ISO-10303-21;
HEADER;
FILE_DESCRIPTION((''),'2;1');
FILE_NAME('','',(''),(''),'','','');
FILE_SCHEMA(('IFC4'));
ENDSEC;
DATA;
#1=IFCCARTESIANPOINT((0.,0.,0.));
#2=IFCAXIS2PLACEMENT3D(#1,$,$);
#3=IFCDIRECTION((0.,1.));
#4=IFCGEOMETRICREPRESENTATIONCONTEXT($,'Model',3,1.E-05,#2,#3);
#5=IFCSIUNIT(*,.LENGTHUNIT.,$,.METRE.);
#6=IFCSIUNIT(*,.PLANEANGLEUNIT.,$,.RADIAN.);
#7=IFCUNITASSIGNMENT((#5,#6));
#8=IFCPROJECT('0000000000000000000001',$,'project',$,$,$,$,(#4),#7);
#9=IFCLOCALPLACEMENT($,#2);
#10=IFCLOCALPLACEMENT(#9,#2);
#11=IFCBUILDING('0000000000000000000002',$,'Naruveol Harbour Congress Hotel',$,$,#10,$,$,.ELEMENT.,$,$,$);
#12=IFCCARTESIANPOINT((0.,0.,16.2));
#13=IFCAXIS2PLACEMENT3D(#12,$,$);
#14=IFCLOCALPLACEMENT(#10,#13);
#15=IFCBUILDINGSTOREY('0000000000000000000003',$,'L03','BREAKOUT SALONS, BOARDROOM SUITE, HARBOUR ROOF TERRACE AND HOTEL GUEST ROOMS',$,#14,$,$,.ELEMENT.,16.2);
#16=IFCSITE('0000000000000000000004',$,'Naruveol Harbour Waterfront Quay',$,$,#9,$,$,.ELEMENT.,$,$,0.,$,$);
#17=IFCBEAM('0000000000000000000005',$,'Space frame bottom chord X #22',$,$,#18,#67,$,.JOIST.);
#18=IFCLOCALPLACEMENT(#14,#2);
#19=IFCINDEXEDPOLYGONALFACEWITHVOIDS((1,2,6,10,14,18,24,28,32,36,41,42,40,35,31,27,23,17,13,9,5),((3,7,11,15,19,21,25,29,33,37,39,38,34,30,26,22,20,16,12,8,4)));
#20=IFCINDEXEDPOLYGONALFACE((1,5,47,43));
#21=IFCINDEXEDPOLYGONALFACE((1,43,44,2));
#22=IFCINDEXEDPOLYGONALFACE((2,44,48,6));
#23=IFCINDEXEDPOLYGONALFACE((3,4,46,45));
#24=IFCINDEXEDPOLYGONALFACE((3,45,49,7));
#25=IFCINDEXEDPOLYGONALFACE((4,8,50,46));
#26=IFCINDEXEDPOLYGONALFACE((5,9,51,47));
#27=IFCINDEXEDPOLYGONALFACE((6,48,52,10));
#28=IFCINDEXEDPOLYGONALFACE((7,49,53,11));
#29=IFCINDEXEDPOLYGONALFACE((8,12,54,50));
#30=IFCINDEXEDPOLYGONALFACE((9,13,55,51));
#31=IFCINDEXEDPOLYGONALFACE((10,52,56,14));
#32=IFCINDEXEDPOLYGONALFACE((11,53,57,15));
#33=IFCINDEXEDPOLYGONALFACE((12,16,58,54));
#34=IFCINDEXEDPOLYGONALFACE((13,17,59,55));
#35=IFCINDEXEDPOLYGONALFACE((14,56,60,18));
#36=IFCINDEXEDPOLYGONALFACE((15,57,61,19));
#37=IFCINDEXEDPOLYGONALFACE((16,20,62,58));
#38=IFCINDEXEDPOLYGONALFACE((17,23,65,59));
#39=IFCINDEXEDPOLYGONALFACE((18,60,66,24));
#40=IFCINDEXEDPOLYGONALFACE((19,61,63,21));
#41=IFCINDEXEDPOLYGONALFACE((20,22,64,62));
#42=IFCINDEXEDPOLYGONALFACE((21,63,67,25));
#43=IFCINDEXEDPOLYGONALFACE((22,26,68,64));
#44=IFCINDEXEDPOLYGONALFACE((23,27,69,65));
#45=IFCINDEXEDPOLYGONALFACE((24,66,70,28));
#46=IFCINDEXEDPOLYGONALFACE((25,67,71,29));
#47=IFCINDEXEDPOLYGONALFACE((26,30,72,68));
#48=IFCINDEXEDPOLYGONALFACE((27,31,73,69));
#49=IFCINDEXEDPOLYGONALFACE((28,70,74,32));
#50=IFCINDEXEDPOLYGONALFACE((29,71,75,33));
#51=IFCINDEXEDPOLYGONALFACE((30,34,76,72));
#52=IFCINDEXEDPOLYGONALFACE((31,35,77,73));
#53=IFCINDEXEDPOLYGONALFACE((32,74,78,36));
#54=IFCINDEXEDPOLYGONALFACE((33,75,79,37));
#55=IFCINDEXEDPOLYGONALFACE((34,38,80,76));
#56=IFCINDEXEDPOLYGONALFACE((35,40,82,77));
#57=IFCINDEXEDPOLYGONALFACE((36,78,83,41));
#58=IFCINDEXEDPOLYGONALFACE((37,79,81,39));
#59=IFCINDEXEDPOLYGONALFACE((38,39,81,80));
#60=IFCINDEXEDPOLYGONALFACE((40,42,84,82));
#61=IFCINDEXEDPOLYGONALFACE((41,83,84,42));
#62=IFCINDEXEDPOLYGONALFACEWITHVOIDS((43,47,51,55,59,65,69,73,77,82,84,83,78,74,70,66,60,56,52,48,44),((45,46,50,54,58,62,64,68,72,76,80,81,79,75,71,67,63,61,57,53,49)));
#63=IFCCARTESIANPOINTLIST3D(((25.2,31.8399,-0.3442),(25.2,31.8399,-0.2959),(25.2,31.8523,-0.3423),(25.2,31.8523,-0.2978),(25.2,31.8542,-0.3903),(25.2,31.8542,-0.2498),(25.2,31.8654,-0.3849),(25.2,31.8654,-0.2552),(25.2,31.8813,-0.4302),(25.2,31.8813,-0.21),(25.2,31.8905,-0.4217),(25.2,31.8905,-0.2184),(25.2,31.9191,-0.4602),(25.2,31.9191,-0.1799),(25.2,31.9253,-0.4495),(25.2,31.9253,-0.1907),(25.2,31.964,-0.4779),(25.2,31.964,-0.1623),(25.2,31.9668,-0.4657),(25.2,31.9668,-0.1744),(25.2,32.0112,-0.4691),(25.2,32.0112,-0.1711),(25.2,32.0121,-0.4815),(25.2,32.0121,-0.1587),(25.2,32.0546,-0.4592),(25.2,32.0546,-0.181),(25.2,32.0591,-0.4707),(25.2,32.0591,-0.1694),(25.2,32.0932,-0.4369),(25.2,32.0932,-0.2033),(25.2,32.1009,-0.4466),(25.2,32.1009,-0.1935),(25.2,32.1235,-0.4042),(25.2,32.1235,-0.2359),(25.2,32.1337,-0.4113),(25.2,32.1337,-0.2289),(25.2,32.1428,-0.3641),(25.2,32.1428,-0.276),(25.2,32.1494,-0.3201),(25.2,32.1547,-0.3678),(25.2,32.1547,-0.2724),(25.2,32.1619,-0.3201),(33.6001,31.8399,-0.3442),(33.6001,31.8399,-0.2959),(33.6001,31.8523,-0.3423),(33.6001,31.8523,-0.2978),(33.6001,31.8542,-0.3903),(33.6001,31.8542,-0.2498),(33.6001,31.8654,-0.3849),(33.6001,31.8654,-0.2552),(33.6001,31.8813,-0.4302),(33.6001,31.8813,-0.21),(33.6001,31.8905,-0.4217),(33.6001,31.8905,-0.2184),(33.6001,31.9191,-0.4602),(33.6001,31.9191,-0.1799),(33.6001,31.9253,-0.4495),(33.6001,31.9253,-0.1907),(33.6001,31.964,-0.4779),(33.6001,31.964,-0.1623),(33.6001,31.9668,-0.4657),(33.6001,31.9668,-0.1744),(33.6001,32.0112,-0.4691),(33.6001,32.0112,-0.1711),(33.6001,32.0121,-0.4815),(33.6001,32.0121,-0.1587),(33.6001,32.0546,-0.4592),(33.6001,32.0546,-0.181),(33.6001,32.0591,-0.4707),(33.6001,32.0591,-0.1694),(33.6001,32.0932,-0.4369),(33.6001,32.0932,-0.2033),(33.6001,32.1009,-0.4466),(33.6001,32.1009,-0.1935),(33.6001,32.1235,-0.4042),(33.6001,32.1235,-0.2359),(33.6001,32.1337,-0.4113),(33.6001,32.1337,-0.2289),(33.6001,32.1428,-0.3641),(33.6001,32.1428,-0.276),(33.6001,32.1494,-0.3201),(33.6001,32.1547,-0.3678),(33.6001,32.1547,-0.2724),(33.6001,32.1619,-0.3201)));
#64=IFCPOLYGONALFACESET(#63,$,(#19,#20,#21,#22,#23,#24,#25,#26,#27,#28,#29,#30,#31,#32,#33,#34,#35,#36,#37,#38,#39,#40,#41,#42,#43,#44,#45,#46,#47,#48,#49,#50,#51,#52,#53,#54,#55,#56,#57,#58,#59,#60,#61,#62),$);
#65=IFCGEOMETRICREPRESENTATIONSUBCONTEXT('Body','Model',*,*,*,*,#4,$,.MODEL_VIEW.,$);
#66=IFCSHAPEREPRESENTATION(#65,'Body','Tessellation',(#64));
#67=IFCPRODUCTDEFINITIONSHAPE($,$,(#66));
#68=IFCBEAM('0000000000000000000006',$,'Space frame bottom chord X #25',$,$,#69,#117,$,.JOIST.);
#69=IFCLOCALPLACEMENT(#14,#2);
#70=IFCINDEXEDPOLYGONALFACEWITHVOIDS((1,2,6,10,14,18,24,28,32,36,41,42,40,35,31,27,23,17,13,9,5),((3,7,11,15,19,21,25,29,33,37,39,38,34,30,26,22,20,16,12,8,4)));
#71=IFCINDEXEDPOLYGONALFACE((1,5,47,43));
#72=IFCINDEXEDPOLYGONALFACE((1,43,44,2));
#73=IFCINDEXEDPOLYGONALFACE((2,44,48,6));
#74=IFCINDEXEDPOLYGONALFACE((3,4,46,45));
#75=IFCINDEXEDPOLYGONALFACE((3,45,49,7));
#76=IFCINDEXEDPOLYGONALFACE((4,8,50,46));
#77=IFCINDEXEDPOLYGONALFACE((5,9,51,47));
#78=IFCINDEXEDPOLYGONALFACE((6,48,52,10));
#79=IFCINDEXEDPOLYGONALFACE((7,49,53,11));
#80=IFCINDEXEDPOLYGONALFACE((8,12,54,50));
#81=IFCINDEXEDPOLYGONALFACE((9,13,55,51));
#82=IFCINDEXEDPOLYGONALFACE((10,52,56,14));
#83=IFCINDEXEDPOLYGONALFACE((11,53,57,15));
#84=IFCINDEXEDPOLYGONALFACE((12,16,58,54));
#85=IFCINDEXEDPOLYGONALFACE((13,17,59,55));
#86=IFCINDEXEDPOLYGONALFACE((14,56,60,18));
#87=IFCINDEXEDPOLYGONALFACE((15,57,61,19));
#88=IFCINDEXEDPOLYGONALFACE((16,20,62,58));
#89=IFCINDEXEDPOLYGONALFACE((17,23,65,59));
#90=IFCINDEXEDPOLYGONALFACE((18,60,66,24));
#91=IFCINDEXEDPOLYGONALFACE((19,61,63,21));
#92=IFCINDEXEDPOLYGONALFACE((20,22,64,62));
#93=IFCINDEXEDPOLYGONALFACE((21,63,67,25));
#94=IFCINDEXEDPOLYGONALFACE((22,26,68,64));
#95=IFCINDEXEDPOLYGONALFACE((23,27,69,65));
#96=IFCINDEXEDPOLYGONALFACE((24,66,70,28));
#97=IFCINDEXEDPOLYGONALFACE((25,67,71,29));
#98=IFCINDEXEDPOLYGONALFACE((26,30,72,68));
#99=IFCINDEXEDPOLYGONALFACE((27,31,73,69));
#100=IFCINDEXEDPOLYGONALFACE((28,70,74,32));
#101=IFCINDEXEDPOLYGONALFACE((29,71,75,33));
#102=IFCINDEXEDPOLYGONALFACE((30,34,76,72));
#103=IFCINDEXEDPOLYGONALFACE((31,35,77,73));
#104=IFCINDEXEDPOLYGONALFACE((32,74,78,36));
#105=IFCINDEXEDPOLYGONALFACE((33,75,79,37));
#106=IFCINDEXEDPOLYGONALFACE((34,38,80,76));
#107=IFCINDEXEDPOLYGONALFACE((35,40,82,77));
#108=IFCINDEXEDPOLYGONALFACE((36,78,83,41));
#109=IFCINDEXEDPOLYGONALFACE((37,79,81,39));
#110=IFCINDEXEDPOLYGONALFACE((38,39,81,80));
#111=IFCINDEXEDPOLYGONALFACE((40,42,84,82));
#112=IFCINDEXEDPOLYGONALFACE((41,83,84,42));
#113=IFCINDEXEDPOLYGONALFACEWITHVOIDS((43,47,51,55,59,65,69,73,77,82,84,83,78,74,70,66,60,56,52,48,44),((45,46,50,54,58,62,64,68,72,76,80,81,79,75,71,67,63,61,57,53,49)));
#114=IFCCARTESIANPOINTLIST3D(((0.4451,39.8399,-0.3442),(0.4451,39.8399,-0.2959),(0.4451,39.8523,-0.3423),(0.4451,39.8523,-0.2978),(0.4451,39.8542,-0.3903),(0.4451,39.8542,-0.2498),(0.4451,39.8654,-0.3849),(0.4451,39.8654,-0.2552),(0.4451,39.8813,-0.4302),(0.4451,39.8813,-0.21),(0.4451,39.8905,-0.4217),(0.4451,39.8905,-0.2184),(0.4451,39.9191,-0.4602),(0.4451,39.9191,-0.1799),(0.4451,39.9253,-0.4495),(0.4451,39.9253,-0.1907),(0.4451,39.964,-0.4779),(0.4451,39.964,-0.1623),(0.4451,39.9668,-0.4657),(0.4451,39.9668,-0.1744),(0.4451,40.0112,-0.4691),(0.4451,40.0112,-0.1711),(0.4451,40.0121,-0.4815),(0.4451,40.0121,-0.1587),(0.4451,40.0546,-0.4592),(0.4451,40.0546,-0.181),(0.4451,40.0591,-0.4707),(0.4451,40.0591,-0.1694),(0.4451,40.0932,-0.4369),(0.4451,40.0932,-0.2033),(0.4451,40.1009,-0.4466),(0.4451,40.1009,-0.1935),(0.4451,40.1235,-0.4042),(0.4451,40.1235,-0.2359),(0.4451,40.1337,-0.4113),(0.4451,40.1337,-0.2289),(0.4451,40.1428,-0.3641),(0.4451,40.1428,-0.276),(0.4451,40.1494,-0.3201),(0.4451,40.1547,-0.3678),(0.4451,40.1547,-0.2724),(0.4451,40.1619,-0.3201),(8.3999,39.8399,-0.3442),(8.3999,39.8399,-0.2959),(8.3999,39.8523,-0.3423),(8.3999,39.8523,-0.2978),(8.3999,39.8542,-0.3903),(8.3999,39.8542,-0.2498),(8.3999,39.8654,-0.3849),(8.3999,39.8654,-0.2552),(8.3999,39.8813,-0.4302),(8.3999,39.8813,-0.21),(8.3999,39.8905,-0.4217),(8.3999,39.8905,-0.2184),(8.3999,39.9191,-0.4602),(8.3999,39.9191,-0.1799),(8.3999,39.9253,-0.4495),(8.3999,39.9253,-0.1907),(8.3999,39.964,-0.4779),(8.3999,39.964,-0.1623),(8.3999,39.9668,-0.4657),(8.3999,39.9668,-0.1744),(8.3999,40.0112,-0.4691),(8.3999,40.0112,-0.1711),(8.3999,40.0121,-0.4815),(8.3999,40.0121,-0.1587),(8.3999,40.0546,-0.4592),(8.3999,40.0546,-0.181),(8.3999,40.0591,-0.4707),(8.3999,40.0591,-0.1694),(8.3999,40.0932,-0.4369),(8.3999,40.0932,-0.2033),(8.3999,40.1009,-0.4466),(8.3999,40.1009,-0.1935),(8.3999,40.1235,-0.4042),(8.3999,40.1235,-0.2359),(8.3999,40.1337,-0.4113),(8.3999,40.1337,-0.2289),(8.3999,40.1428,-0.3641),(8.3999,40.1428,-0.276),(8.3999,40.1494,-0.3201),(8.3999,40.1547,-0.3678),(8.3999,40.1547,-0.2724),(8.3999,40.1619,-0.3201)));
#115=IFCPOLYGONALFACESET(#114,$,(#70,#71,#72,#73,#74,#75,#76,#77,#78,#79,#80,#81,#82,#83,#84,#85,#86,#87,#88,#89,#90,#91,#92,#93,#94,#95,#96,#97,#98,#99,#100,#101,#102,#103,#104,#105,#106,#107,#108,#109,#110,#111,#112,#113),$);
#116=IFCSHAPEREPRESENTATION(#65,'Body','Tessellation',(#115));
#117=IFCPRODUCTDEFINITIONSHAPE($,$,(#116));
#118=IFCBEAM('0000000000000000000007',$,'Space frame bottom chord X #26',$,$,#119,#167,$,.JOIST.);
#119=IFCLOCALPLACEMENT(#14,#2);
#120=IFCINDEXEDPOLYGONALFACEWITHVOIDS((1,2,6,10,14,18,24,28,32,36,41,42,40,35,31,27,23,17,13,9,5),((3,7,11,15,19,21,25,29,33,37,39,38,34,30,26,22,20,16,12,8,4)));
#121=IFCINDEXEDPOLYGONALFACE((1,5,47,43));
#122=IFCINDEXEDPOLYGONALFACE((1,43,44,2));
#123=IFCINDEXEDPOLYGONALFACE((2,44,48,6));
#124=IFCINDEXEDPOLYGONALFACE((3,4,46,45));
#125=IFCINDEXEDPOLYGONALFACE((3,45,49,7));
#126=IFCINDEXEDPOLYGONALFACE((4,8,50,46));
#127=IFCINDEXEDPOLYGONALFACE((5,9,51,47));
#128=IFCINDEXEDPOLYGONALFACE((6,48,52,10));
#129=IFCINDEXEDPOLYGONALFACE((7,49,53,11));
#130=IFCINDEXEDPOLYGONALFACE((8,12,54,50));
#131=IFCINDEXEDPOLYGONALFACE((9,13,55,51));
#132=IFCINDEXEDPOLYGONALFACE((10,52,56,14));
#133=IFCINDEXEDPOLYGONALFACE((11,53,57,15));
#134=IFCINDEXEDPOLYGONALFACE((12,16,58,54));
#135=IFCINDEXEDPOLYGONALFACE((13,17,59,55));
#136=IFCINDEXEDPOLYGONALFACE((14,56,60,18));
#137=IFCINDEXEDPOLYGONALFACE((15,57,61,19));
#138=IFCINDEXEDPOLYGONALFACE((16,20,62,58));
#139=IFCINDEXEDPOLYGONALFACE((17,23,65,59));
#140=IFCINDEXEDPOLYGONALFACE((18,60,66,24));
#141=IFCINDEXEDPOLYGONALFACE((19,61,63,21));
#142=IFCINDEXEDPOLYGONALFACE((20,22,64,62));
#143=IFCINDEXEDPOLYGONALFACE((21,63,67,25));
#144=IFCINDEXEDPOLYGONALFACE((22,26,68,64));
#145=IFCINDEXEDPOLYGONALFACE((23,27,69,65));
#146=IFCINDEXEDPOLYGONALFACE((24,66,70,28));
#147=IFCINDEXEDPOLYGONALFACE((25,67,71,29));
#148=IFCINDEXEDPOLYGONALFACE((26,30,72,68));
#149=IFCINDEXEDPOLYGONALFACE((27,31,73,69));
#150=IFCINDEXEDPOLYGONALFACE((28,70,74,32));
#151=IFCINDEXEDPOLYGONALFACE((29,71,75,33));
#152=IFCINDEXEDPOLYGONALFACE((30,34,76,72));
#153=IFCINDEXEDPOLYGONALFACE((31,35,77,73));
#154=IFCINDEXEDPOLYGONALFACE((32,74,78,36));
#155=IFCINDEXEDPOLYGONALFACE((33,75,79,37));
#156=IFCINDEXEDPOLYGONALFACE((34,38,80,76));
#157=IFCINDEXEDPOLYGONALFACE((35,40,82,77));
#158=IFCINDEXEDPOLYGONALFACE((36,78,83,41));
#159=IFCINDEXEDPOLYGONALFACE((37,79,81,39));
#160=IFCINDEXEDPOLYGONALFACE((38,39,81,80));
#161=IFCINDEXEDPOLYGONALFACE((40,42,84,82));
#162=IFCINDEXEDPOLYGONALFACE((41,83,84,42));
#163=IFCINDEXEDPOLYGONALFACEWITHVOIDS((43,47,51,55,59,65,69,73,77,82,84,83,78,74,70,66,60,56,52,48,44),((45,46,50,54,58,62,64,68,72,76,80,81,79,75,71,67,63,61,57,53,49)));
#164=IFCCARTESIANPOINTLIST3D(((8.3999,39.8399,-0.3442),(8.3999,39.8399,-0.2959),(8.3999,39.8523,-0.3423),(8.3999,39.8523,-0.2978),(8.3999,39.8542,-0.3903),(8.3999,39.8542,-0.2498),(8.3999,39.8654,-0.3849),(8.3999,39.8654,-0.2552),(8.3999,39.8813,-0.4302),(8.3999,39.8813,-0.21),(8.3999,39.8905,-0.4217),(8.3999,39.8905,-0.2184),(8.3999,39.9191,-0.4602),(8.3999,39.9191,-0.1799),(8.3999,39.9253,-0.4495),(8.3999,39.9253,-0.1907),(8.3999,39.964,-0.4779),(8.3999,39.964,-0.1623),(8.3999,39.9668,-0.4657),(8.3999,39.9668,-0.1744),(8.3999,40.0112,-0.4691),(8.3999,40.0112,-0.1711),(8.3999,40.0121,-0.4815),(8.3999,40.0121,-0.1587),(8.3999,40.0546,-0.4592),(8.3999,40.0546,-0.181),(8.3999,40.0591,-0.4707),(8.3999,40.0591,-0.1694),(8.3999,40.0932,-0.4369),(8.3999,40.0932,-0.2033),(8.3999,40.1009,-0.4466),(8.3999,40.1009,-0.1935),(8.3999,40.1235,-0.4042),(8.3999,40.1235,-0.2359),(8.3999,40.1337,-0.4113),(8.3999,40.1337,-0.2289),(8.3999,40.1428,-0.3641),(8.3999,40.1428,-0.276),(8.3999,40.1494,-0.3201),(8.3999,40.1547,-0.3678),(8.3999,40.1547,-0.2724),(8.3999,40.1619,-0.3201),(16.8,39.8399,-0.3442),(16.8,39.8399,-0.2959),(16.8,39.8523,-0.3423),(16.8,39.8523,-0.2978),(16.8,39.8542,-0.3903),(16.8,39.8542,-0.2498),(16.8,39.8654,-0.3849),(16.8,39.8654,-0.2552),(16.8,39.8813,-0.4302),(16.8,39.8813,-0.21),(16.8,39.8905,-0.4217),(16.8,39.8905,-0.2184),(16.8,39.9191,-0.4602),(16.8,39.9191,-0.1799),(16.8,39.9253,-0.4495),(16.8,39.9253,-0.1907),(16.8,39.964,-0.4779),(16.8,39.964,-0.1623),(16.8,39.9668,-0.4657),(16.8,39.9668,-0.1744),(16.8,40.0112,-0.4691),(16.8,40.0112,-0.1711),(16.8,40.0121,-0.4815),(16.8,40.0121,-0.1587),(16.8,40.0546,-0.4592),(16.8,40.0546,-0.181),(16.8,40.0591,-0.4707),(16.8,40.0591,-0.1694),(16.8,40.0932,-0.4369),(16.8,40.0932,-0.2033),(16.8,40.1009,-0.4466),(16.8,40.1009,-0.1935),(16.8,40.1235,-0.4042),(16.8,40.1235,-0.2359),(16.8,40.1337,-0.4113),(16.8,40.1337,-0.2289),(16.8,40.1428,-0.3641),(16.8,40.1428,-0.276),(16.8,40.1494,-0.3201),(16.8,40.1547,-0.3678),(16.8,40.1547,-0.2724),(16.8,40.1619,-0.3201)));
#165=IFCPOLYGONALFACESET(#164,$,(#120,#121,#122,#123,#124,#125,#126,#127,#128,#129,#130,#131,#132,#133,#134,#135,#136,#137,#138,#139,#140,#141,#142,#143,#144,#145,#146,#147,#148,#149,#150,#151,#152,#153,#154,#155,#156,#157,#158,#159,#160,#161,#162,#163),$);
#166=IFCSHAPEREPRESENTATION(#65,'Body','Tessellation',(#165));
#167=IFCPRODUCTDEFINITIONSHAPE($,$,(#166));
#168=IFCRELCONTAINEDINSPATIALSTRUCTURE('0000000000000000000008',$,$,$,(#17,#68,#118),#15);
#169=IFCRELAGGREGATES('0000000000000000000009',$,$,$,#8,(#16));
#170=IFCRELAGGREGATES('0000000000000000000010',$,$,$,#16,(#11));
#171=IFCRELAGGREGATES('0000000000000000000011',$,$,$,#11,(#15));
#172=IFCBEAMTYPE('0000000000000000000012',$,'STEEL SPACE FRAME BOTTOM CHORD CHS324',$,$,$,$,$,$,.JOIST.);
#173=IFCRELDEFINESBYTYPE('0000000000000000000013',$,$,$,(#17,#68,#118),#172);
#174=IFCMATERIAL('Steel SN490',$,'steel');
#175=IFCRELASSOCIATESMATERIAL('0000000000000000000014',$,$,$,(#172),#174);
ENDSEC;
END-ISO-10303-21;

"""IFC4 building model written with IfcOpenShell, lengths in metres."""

from ifc_helpers import new_model, si_unit, direction, frame, origin, origin_2d, place, context, subcontext, project, spatial, hollow_circle, extrude, material, material_profile, profile_set, type_object, element, save


model = new_model("IFC4")

# Units and contexts
model_context = context("Model", 3, precision=1e-05, world=origin(), true_north=direction((0.0, 1.0)))
body_context = subcontext(model_context, "Body", "Model", "MODEL_VIEW")
ifc_project = project(units=[si_unit("LENGTHUNIT", "METRE"), si_unit("PLANEANGLEUNIT", "RADIAN")], contexts=[model_context])

# Site, building, storey
site_placement = place(None, origin())
site = spatial("IfcSite", under=ifc_project, at=site_placement, Name="Naruveol Harbour Waterfront Quay", CompositionType="ELEMENT", RefElevation=0.0)
building_placement = place(site_placement, origin())
building = spatial("IfcBuilding", under=site, at=building_placement, Name="Naruveol Harbour Congress Hotel", CompositionType="ELEMENT")
storey_placement = place(building_placement, frame((0.0, 0.0, 16.2)))
storey = spatial("IfcBuildingStorey", under=building, at=storey_placement, Name="L03", Description="BREAKOUT SALONS, BOARDROOM SUITE, HARBOUR ROOF TERRACE AND HOTEL GUEST ROOMS", CompositionType="ELEMENT", Elevation=16.2)

# Beams
ifc_material_1 = material(Name="Steel SN490", Category="steel")
ifc_material_profile_1 = material_profile(ifc_material_1, hollow_circle(Radius=0.1619, WallThickness=0.0125, at=origin_2d()), Name="CHS-323.9x12.5")
ifc_profile_set_1 = profile_set([ifc_material_profile_1], Name="Steel SN490")
beam_type_1 = type_object("IfcBeamType", Name="STEEL SPACE FRAME BOTTOM CHORD CHS324", PredefinedType="JOIST", material=ifc_profile_set_1)
beam_1_placement = place(storey_placement, frame((25.2, 32.0, -0.3201), z_axis=(1.0, 0.0, 0.0), x_axis=(0.0, 1.0, 0.0)))
element("IfcBeam", 1, at=beam_1_placement, inside=storey, type_object=beam_type_1, Name="Space frame bottom chord X #22", PredefinedType="JOIST", context=body_context, shape_type="SweptSolid", body=[
    extrude(hollow_circle(Radius=0.1619, WallThickness=0.0125, at=origin_2d()), origin(), (0.0, 0.0, 1.0), 8.4001),
])
beam_2_placement = place(storey_placement, frame((0.4451, 40.0, -0.3201), z_axis=(1.0, 0.0, 0.0), x_axis=(0.0, 1.0, 0.0)))
element("IfcBeam", 2, at=beam_2_placement, inside=storey, type_object=beam_type_1, Name="Space frame bottom chord X #25", PredefinedType="JOIST", context=body_context, shape_type="SweptSolid", body=[
    extrude(hollow_circle(Radius=0.1619, WallThickness=0.0125, at=origin_2d()), origin(), (0.0, 0.0, 1.0), 7.9548),
])
beam_3_placement = place(storey_placement, frame((8.3999, 40.0, -0.3201), z_axis=(1.0, 0.0, 0.0), x_axis=(0.0, 1.0, 0.0)))
element("IfcBeam", 3, at=beam_3_placement, inside=storey, type_object=beam_type_1, Name="Space frame bottom chord X #26", PredefinedType="JOIST", context=body_context, shape_type="SweptSolid", body=[
    extrude(hollow_circle(Radius=0.1619, WallThickness=0.0125, at=origin_2d()), origin(), (0.0, 0.0, 1.0), 8.4001),
])

save(model, "model.ifc")
